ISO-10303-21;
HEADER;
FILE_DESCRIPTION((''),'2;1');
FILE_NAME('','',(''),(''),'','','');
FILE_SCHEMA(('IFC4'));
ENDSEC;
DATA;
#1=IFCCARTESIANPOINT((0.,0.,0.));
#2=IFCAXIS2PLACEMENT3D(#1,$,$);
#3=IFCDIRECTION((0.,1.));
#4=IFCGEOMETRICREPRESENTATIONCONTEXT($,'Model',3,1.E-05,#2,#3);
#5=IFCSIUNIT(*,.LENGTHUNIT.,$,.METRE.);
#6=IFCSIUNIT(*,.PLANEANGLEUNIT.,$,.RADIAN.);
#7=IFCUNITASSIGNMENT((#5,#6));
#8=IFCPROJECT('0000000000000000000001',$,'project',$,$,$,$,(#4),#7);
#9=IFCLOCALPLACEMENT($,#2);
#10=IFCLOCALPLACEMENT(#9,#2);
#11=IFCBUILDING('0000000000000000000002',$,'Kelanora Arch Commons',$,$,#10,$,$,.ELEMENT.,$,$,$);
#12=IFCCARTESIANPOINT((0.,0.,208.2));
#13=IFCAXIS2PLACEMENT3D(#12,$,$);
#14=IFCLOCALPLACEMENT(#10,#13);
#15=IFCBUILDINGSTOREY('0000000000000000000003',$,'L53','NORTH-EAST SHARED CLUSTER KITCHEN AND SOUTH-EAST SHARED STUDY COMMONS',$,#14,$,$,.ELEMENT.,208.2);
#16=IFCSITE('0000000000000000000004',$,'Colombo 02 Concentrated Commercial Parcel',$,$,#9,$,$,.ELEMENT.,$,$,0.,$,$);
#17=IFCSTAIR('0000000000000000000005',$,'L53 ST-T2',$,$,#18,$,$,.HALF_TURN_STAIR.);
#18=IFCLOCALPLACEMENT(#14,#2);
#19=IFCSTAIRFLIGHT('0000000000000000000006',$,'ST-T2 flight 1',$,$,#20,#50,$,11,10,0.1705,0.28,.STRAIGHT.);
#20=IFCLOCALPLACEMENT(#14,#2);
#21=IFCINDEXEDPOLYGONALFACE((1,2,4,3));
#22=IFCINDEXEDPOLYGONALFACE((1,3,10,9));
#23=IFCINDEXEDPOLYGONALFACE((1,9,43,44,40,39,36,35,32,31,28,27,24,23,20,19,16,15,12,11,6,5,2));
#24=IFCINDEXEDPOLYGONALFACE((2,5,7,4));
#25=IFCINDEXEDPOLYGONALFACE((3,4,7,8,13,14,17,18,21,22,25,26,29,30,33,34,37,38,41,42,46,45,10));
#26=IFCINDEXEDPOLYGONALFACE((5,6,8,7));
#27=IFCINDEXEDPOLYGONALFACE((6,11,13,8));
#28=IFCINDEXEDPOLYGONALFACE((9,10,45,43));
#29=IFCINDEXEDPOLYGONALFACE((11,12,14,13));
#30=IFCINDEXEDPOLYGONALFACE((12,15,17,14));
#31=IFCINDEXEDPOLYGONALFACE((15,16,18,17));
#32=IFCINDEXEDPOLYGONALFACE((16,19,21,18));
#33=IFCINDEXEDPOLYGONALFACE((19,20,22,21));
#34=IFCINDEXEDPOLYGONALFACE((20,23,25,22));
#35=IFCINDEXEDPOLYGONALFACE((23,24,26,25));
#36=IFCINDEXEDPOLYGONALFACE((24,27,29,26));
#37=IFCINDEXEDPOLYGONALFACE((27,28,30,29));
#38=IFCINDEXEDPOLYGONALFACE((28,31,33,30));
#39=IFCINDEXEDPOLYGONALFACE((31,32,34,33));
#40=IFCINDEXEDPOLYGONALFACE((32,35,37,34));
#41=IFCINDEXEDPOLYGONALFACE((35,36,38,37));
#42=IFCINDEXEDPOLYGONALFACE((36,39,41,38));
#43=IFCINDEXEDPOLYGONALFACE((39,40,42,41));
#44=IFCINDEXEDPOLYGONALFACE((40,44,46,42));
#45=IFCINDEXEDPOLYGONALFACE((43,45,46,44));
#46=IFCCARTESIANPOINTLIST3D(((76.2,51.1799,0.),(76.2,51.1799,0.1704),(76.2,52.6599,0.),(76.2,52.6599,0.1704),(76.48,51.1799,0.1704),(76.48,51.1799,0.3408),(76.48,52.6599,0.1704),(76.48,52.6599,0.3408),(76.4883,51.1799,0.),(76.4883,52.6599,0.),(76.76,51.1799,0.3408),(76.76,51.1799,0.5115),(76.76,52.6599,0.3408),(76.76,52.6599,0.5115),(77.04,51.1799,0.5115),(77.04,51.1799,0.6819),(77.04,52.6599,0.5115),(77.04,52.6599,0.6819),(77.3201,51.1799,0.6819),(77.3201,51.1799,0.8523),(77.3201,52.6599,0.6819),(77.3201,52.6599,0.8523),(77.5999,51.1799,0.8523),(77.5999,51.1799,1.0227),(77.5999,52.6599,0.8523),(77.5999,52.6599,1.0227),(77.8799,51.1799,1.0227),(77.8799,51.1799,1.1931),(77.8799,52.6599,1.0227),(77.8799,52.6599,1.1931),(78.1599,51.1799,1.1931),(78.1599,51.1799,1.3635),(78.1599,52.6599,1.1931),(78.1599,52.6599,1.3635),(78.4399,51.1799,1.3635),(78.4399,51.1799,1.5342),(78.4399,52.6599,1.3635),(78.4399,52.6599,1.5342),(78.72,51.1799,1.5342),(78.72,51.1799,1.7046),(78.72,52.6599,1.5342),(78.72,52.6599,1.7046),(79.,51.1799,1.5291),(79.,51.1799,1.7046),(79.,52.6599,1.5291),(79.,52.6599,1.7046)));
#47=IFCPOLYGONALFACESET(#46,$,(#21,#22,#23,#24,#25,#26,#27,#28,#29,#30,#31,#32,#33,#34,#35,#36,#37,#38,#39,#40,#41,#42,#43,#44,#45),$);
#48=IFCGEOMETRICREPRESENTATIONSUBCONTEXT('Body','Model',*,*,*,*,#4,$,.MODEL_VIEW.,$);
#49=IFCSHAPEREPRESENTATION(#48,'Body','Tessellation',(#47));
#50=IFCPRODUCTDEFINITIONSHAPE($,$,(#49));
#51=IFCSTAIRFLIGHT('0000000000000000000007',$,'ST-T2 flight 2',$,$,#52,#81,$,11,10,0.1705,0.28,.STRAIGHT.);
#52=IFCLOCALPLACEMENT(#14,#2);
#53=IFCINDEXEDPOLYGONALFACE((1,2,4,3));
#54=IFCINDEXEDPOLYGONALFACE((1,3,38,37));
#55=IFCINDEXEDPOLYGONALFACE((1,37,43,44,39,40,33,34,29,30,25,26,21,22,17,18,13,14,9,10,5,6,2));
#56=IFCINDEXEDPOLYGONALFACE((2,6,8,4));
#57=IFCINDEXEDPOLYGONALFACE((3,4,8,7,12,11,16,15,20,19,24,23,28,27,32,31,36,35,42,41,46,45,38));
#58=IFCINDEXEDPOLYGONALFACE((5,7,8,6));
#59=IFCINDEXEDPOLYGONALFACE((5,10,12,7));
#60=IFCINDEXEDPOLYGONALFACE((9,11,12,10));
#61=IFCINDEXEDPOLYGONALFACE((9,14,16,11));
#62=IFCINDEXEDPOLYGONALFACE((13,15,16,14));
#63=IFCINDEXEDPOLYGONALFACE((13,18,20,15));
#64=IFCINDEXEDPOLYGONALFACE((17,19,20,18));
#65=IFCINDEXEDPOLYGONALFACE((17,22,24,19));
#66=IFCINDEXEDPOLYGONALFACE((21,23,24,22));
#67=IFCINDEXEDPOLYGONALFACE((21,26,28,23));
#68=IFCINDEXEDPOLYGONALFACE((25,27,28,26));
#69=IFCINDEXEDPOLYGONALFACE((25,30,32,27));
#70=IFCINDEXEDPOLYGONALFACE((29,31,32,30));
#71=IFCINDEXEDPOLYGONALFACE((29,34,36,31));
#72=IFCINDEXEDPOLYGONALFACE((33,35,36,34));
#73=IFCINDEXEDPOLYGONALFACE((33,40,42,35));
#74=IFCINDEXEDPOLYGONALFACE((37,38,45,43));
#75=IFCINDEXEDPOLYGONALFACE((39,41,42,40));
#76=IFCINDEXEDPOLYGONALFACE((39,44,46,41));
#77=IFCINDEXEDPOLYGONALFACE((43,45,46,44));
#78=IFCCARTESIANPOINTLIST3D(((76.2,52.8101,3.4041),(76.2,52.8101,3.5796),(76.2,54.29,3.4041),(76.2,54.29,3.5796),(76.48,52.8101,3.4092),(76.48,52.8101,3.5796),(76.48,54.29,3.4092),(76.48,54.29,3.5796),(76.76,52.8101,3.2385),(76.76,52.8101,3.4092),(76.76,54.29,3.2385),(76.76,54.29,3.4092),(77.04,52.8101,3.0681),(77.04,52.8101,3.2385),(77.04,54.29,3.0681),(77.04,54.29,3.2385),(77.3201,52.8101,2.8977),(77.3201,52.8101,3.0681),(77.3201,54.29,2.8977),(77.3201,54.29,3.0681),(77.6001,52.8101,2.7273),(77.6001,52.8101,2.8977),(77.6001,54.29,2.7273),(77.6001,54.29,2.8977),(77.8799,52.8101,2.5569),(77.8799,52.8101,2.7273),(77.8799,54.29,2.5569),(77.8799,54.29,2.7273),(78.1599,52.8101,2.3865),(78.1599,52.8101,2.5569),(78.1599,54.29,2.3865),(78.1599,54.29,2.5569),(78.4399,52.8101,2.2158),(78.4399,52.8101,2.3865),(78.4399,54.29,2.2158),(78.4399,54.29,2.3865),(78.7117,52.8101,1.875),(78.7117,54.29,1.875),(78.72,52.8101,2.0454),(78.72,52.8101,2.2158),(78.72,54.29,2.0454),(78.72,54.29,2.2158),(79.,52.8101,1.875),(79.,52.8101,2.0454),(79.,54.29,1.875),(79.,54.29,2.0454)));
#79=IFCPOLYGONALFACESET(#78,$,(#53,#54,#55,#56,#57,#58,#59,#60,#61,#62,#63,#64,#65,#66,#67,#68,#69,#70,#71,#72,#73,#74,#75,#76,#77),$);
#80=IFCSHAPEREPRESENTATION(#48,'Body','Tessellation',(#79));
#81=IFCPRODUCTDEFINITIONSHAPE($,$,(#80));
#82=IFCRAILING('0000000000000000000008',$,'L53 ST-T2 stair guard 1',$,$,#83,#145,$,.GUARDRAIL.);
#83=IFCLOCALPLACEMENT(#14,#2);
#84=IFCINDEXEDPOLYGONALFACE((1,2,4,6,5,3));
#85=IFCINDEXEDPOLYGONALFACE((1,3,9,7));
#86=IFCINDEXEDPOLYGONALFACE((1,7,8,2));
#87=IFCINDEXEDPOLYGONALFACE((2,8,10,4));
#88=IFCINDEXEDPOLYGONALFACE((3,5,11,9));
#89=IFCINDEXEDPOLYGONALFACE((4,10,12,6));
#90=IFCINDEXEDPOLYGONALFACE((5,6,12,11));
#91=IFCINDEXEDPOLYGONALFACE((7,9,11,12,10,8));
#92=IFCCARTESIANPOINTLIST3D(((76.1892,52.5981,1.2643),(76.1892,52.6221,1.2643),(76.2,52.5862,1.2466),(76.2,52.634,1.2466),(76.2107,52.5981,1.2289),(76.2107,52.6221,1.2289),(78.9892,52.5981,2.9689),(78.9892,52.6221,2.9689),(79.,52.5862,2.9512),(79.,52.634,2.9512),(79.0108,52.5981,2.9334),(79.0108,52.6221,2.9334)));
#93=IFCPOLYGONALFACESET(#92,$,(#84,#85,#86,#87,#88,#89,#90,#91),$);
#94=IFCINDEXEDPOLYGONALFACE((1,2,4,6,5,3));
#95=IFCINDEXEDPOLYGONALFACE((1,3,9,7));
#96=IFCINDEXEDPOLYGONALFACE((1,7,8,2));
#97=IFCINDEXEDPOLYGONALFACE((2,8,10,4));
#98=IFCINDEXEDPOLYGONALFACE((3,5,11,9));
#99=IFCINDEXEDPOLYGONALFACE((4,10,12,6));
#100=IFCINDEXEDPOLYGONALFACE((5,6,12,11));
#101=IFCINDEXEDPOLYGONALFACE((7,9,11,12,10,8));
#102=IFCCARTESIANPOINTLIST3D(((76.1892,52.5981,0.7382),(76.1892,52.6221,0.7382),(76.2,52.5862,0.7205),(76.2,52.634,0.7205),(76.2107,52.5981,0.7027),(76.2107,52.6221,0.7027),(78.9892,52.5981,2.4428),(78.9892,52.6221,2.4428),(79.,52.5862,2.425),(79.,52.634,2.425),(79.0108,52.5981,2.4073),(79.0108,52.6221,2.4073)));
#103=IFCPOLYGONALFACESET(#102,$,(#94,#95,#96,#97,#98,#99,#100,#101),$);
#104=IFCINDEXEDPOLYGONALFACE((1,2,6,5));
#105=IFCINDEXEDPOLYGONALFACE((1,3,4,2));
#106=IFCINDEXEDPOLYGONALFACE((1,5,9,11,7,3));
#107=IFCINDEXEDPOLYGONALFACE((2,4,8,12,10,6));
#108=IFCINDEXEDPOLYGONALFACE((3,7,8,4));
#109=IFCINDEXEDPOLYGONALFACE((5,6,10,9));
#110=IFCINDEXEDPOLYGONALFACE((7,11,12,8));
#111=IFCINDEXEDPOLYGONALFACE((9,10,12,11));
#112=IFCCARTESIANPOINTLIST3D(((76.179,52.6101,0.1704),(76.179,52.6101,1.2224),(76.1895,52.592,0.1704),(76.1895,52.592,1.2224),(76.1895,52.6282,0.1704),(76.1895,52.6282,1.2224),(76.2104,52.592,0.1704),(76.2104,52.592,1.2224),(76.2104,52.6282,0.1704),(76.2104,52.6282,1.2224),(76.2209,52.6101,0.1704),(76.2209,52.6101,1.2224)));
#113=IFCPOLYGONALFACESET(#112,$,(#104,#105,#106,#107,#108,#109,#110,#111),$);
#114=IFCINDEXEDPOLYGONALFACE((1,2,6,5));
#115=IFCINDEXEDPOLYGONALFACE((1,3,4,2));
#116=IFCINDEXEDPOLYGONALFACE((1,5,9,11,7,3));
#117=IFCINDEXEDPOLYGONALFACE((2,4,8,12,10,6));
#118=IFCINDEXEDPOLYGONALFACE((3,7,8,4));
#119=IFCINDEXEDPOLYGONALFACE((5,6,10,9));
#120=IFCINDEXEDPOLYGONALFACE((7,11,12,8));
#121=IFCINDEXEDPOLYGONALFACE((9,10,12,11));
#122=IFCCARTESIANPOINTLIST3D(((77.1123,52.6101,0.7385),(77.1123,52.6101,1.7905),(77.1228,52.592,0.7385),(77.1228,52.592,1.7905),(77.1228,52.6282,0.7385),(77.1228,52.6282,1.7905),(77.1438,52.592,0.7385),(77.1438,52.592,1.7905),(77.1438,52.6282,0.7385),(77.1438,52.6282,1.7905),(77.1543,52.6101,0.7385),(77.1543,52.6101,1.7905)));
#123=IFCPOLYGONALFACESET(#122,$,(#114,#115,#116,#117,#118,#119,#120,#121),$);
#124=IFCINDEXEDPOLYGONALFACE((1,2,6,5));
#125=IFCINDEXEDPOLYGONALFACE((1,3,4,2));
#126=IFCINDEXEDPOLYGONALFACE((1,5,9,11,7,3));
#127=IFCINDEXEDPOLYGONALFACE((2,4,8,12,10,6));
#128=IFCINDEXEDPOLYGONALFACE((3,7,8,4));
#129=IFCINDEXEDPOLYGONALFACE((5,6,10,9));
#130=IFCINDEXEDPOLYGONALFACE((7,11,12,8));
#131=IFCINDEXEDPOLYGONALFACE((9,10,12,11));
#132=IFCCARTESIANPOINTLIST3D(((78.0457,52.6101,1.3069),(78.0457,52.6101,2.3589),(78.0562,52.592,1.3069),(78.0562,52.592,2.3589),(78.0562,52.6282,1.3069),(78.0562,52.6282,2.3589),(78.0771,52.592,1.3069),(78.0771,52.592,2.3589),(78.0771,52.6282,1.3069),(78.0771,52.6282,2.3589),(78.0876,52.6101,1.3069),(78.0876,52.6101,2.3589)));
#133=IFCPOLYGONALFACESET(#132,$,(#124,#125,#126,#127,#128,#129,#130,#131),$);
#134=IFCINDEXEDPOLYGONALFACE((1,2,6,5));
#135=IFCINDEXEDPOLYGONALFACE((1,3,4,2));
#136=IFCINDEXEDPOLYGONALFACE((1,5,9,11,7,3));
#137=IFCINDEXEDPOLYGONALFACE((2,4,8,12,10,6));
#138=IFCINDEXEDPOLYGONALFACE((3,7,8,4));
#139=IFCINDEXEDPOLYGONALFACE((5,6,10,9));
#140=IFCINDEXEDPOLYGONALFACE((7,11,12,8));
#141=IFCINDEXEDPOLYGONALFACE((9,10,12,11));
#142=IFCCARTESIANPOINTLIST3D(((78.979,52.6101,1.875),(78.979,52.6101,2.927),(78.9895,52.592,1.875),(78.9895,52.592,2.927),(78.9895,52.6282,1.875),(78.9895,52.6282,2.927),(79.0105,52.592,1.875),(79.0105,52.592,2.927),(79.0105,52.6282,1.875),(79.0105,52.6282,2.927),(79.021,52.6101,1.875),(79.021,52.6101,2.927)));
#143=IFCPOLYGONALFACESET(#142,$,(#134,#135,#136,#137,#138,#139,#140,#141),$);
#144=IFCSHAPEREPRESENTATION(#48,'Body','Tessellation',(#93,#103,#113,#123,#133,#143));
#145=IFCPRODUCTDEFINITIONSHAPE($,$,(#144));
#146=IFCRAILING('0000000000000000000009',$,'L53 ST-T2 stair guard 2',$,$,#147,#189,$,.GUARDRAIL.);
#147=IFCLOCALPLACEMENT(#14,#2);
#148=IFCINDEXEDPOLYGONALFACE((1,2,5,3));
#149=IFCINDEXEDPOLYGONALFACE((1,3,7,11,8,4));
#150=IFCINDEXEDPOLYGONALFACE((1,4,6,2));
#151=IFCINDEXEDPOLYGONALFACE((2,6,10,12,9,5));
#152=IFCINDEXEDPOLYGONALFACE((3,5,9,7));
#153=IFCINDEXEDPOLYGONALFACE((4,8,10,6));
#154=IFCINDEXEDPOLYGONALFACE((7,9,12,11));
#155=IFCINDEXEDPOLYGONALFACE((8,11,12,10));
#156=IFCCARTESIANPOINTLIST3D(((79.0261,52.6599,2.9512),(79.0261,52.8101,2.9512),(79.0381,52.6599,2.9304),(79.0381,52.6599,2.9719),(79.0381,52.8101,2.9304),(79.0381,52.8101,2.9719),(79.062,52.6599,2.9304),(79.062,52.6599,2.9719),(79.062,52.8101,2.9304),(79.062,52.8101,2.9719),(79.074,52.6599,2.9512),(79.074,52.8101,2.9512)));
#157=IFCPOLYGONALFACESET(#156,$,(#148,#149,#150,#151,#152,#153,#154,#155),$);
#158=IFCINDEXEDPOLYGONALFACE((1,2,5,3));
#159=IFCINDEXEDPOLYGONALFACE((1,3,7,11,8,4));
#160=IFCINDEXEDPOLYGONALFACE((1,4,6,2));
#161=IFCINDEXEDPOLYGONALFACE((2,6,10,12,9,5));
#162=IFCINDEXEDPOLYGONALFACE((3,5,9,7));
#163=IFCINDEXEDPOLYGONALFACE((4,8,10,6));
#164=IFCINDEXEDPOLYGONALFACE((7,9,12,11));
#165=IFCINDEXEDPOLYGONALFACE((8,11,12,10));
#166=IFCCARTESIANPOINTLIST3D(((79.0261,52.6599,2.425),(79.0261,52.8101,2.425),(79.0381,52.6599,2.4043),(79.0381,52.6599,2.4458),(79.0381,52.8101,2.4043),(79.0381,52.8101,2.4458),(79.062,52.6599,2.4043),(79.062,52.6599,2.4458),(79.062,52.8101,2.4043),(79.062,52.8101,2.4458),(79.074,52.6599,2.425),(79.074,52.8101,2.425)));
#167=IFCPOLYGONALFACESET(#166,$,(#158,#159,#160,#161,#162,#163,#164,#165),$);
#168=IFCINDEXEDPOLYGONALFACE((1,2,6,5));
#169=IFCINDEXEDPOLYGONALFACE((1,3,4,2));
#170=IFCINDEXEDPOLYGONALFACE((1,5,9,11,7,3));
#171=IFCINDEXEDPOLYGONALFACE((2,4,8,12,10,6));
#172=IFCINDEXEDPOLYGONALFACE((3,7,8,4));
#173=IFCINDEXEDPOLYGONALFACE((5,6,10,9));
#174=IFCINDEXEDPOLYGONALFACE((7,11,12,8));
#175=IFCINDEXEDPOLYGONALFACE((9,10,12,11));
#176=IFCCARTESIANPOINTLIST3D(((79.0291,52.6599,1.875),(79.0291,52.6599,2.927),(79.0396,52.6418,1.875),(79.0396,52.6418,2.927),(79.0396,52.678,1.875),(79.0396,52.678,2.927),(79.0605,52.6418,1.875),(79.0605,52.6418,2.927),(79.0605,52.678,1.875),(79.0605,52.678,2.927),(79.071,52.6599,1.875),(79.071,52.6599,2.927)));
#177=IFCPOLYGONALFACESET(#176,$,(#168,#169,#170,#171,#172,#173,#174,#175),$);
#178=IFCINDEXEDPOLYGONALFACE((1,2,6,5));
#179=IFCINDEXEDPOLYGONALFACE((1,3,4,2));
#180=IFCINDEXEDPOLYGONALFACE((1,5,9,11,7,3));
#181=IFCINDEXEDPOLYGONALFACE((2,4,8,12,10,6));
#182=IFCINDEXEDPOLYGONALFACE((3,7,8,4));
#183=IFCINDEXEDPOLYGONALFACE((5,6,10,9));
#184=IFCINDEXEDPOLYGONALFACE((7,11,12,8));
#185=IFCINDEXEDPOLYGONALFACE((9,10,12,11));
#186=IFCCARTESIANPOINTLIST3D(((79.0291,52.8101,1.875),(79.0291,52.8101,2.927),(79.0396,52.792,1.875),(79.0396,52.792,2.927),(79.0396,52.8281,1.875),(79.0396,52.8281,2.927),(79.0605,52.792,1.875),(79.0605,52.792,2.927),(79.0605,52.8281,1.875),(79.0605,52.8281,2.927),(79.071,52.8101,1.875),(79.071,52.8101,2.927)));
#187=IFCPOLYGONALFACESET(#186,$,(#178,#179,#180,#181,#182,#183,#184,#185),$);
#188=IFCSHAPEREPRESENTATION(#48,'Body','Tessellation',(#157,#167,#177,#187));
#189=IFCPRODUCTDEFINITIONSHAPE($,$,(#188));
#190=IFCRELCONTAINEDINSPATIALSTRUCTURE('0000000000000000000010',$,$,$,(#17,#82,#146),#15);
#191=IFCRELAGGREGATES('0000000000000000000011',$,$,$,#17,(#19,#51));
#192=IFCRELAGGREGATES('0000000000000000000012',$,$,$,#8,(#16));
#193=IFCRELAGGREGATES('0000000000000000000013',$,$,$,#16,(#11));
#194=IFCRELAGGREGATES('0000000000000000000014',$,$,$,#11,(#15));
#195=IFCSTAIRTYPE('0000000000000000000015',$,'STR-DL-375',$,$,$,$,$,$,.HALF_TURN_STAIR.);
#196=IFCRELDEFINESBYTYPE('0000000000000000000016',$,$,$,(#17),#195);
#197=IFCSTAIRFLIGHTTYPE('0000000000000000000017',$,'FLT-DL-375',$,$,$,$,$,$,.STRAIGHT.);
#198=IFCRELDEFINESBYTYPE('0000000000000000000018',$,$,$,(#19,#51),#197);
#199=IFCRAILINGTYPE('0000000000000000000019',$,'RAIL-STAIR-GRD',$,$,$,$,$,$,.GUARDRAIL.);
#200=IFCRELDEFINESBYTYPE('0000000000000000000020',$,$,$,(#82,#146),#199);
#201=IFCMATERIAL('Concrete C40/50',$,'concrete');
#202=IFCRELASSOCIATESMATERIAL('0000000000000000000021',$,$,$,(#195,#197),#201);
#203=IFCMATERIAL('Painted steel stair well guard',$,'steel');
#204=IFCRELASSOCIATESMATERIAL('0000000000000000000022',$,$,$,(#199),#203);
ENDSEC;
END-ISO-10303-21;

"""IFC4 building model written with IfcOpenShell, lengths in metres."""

from ifc_helpers import new_model, si_unit, direction, frame, origin, place, context, subcontext, project, spatial, polyline, outline, extrude, material, type_object, element, aggregate, save


model = new_model("IFC4")

# Units and contexts
model_context = context("Model", 3, precision=1e-05, world=origin(), true_north=direction((0.0, 1.0)))
body_context = subcontext(model_context, "Body", "Model", "MODEL_VIEW")
ifc_project = project(units=[si_unit("LENGTHUNIT", "METRE"), si_unit("PLANEANGLEUNIT", "RADIAN")], contexts=[model_context])

# Site, building, storey
site_placement = place(None, origin())
site = spatial("IfcSite", under=ifc_project, at=site_placement, Name="Colombo 02 Concentrated Commercial Parcel", CompositionType="ELEMENT", RefElevation=0.0)
building_placement = place(site_placement, origin())
building = spatial("IfcBuilding", under=site, at=building_placement, Name="Kelanora Arch Commons", CompositionType="ELEMENT")
storey_placement = place(building_placement, frame((0.0, 0.0, 208.2)))
storey = spatial("IfcBuildingStorey", under=building, at=storey_placement, Name="L53", Description="NORTH-EAST SHARED CLUSTER KITCHEN AND SOUTH-EAST SHARED STUDY COMMONS", CompositionType="ELEMENT", Elevation=208.2)

# Shared definitions
ifc_material_1 = material(Name="Concrete C40/50", Category="concrete")

# Stair, stair flights
stair_type = type_object("IfcStairType", Name="STR-DL-375", PredefinedType="HALF_TURN_STAIR", material=ifc_material_1)
stair_placement = place(storey_placement, origin())
stair = element("IfcStair", 1, at=stair_placement, inside=storey, type_object=stair_type, Name="L53 ST-T2", PredefinedType="HALF_TURN_STAIR")
stair_flight_type = type_object("IfcStairFlightType", Name="FLT-DL-375", PredefinedType="STRAIGHT", material=ifc_material_1)
stair_flight_1_placement = place(storey_placement, frame((76.2, 51.9199, 0.0), z_axis=(0.0, 0.0, 1.0), x_axis=(1.0, 0.0, 0.0)))
stair_flight_1 = element("IfcStairFlight", 2, at=stair_flight_1_placement, type_object=stair_flight_type, Name="ST-T2 flight 1", NumberOfRisers=11, NumberOfTreads=10, PredefinedType="STRAIGHT", RiserHeight=0.1705, TreadLength=0.28, context=body_context, shape_type="SweptSolid", body=[
    extrude(outline(polyline([(0.0, 0.0), (0.0, 0.1704), (0.28, 0.1704), (0.28, 0.3408), (0.5601, 0.3408), (0.5601, 0.5115), (0.8401, 0.5115), (0.8401, 0.6819), (1.1201, 0.6819), (1.1201, 0.8523), (1.3999, 0.8523), (1.3999, 1.0227), (1.6799, 1.0227), (1.6799, 1.1931), (1.96, 1.1931), (1.96, 1.3635), (2.24, 1.3635), (2.24, 1.5342), (2.52, 1.5342), (2.52, 1.7046), (2.8, 1.7046), (2.8, 1.875), (2.8, 1.5291), (0.2883, 0.0), (0.0, 0.0)])), frame((0.0, 0.74, 0.0), z_axis=(0.0, -1.0, 0.0), x_axis=(1.0, 0.0, 0.0)), (0.0, 0.0, 1.0), 1.48),
])
stair_flight_2_placement = place(storey_placement, frame((79.0, 53.55, 1.875), z_axis=(0.0, 0.0, 1.0), x_axis=(-1.0, 0.0, 0.0)))
stair_flight_2 = element("IfcStairFlight", 3, at=stair_flight_2_placement, type_object=stair_flight_type, Name="ST-T2 flight 2", NumberOfRisers=11, NumberOfTreads=10, PredefinedType="STRAIGHT", RiserHeight=0.1705, TreadLength=0.28, context=body_context, shape_type="SweptSolid", body=[
    extrude(outline(polyline([(0.0, 0.0), (0.0, 0.1704), (0.28, 0.1704), (0.28, 0.3408), (0.5601, 0.3408), (0.5601, 0.5115), (0.8401, 0.5115), (0.8401, 0.6819), (1.1201, 0.6819), (1.1201, 0.8523), (1.3999, 0.8523), (1.3999, 1.0227), (1.6799, 1.0227), (1.6799, 1.1931), (1.96, 1.1931), (1.96, 1.3635), (2.24, 1.3635), (2.24, 1.5342), (2.52, 1.5342), (2.52, 1.7046), (2.8, 1.7046), (2.8, 1.875), (2.8, 1.5291), (0.2883, 0.0), (0.0, 0.0)])), frame((0.0, 0.74, 0.0), z_axis=(0.0, -1.0, 0.0), x_axis=(1.0, 0.0, 0.0)), (0.0, 0.0, 1.0), 1.48),
])
aggregate(stair, [stair_flight_1, stair_flight_2])

# Railings
ifc_material_2 = material(Name="Painted steel stair well guard", Category="steel")
railing_type_1 = type_object("IfcRailingType", Name="RAIL-STAIR-GRD", PredefinedType="GUARDRAIL", material=ifc_material_2)
railing_1_placement = place(storey_placement, frame((76.2, 52.6101, 0.1704)))
element("IfcRailing", 4, at=railing_1_placement, inside=storey, type_object=railing_type_1, Name="L53 ST-T2 stair guard 1", PredefinedType="GUARDRAIL", context=body_context, shape_type="SweptSolid", body=[
    extrude(outline(polyline([(0.0239, 0.0), (0.012, 0.0208), (-0.012, 0.0208), (-0.0239, 0.0), (-0.012, -0.0208), (0.012, -0.0208), (0.0239, 0.0)])), frame((0.0, 0.0, 1.0762), z_axis=(0.85417, 0.0, 0.519994), x_axis=(0.0, 1.0, 0.0)), (0.0, 0.0, 1.0), 3.2781),
    extrude(outline(polyline([(0.0239, 0.0), (0.012, 0.0208), (-0.012, 0.0208), (-0.0239, 0.0), (-0.012, -0.0208), (0.012, -0.0208), (0.0239, 0.0)])), frame((0.0, 0.0, 0.55), z_axis=(0.85417, 0.0, 0.519994), x_axis=(0.0, 1.0, 0.0)), (0.0, 0.0, 1.0), 3.2781),
    extrude(outline(polyline([(0.021, 0.0), (0.0105, 0.0181), (-0.0105, 0.0181), (-0.021, 0.0), (-0.0105, -0.0181), (0.0105, -0.0181), (0.021, 0.0)])), origin(), (0.0, 0.0, 1.0), 1.052),
    extrude(outline(polyline([(0.021, 0.0), (0.0105, 0.0181), (-0.0105, 0.0181), (-0.021, 0.0), (-0.0105, -0.0181), (0.0105, -0.0181), (0.021, 0.0)])), frame((0.9333, 0.0, 0.5681)), (0.0, 0.0, 1.0), 1.052),
    extrude(outline(polyline([(0.021, 0.0), (0.0105, 0.0181), (-0.0105, 0.0181), (-0.021, 0.0), (-0.0105, -0.0181), (0.0105, -0.0181), (0.021, 0.0)])), frame((1.8667, 0.0, 1.1365)), (0.0, 0.0, 1.0), 1.052),
    extrude(outline(polyline([(0.021, 0.0), (0.0105, 0.0181), (-0.0105, 0.0181), (-0.021, 0.0), (-0.0105, -0.0181), (0.0105, -0.0181), (0.021, 0.0)])), frame((2.8, 0.0, 1.7046)), (0.0, 0.0, 1.0), 1.052),
])
railing_2_placement = place(storey_placement, frame((79.05, 52.6599, 1.875)))
element("IfcRailing", 5, at=railing_2_placement, inside=storey, type_object=railing_type_1, Name="L53 ST-T2 stair guard 2", PredefinedType="GUARDRAIL", context=body_context, shape_type="SweptSolid", body=[
    extrude(outline(polyline([(0.0239, 0.0), (0.012, 0.0208), (-0.012, 0.0208), (-0.0239, 0.0), (-0.012, -0.0208), (0.012, -0.0208), (0.0239, 0.0)])), frame((0.0, 0.0, 1.0762), z_axis=(0.0, 1.0, 0.0), x_axis=(-1.0, 0.0, 0.0)), (0.0, 0.0, 1.0), 0.1501),
    extrude(outline(polyline([(0.0239, 0.0), (0.012, 0.0208), (-0.012, 0.0208), (-0.0239, 0.0), (-0.012, -0.0208), (0.012, -0.0208), (0.0239, 0.0)])), frame((0.0, 0.0, 0.55), z_axis=(0.0, 1.0, 0.0), x_axis=(-1.0, 0.0, 0.0)), (0.0, 0.0, 1.0), 0.1501),
    extrude(outline(polyline([(0.021, 0.0), (0.0105, 0.0181), (-0.0105, 0.0181), (-0.021, 0.0), (-0.0105, -0.0181), (0.0105, -0.0181), (0.021, 0.0)])), origin(), (0.0, 0.0, 1.0), 1.052),
    extrude(outline(polyline([(0.021, 0.0), (0.0105, 0.0181), (-0.0105, 0.0181), (-0.021, 0.0), (-0.0105, -0.0181), (0.0105, -0.0181), (0.021, 0.0)])), frame((0.0, 0.1501, 0.0)), (0.0, 0.0, 1.0), 1.052),
])

save(model, "model.ifc")
